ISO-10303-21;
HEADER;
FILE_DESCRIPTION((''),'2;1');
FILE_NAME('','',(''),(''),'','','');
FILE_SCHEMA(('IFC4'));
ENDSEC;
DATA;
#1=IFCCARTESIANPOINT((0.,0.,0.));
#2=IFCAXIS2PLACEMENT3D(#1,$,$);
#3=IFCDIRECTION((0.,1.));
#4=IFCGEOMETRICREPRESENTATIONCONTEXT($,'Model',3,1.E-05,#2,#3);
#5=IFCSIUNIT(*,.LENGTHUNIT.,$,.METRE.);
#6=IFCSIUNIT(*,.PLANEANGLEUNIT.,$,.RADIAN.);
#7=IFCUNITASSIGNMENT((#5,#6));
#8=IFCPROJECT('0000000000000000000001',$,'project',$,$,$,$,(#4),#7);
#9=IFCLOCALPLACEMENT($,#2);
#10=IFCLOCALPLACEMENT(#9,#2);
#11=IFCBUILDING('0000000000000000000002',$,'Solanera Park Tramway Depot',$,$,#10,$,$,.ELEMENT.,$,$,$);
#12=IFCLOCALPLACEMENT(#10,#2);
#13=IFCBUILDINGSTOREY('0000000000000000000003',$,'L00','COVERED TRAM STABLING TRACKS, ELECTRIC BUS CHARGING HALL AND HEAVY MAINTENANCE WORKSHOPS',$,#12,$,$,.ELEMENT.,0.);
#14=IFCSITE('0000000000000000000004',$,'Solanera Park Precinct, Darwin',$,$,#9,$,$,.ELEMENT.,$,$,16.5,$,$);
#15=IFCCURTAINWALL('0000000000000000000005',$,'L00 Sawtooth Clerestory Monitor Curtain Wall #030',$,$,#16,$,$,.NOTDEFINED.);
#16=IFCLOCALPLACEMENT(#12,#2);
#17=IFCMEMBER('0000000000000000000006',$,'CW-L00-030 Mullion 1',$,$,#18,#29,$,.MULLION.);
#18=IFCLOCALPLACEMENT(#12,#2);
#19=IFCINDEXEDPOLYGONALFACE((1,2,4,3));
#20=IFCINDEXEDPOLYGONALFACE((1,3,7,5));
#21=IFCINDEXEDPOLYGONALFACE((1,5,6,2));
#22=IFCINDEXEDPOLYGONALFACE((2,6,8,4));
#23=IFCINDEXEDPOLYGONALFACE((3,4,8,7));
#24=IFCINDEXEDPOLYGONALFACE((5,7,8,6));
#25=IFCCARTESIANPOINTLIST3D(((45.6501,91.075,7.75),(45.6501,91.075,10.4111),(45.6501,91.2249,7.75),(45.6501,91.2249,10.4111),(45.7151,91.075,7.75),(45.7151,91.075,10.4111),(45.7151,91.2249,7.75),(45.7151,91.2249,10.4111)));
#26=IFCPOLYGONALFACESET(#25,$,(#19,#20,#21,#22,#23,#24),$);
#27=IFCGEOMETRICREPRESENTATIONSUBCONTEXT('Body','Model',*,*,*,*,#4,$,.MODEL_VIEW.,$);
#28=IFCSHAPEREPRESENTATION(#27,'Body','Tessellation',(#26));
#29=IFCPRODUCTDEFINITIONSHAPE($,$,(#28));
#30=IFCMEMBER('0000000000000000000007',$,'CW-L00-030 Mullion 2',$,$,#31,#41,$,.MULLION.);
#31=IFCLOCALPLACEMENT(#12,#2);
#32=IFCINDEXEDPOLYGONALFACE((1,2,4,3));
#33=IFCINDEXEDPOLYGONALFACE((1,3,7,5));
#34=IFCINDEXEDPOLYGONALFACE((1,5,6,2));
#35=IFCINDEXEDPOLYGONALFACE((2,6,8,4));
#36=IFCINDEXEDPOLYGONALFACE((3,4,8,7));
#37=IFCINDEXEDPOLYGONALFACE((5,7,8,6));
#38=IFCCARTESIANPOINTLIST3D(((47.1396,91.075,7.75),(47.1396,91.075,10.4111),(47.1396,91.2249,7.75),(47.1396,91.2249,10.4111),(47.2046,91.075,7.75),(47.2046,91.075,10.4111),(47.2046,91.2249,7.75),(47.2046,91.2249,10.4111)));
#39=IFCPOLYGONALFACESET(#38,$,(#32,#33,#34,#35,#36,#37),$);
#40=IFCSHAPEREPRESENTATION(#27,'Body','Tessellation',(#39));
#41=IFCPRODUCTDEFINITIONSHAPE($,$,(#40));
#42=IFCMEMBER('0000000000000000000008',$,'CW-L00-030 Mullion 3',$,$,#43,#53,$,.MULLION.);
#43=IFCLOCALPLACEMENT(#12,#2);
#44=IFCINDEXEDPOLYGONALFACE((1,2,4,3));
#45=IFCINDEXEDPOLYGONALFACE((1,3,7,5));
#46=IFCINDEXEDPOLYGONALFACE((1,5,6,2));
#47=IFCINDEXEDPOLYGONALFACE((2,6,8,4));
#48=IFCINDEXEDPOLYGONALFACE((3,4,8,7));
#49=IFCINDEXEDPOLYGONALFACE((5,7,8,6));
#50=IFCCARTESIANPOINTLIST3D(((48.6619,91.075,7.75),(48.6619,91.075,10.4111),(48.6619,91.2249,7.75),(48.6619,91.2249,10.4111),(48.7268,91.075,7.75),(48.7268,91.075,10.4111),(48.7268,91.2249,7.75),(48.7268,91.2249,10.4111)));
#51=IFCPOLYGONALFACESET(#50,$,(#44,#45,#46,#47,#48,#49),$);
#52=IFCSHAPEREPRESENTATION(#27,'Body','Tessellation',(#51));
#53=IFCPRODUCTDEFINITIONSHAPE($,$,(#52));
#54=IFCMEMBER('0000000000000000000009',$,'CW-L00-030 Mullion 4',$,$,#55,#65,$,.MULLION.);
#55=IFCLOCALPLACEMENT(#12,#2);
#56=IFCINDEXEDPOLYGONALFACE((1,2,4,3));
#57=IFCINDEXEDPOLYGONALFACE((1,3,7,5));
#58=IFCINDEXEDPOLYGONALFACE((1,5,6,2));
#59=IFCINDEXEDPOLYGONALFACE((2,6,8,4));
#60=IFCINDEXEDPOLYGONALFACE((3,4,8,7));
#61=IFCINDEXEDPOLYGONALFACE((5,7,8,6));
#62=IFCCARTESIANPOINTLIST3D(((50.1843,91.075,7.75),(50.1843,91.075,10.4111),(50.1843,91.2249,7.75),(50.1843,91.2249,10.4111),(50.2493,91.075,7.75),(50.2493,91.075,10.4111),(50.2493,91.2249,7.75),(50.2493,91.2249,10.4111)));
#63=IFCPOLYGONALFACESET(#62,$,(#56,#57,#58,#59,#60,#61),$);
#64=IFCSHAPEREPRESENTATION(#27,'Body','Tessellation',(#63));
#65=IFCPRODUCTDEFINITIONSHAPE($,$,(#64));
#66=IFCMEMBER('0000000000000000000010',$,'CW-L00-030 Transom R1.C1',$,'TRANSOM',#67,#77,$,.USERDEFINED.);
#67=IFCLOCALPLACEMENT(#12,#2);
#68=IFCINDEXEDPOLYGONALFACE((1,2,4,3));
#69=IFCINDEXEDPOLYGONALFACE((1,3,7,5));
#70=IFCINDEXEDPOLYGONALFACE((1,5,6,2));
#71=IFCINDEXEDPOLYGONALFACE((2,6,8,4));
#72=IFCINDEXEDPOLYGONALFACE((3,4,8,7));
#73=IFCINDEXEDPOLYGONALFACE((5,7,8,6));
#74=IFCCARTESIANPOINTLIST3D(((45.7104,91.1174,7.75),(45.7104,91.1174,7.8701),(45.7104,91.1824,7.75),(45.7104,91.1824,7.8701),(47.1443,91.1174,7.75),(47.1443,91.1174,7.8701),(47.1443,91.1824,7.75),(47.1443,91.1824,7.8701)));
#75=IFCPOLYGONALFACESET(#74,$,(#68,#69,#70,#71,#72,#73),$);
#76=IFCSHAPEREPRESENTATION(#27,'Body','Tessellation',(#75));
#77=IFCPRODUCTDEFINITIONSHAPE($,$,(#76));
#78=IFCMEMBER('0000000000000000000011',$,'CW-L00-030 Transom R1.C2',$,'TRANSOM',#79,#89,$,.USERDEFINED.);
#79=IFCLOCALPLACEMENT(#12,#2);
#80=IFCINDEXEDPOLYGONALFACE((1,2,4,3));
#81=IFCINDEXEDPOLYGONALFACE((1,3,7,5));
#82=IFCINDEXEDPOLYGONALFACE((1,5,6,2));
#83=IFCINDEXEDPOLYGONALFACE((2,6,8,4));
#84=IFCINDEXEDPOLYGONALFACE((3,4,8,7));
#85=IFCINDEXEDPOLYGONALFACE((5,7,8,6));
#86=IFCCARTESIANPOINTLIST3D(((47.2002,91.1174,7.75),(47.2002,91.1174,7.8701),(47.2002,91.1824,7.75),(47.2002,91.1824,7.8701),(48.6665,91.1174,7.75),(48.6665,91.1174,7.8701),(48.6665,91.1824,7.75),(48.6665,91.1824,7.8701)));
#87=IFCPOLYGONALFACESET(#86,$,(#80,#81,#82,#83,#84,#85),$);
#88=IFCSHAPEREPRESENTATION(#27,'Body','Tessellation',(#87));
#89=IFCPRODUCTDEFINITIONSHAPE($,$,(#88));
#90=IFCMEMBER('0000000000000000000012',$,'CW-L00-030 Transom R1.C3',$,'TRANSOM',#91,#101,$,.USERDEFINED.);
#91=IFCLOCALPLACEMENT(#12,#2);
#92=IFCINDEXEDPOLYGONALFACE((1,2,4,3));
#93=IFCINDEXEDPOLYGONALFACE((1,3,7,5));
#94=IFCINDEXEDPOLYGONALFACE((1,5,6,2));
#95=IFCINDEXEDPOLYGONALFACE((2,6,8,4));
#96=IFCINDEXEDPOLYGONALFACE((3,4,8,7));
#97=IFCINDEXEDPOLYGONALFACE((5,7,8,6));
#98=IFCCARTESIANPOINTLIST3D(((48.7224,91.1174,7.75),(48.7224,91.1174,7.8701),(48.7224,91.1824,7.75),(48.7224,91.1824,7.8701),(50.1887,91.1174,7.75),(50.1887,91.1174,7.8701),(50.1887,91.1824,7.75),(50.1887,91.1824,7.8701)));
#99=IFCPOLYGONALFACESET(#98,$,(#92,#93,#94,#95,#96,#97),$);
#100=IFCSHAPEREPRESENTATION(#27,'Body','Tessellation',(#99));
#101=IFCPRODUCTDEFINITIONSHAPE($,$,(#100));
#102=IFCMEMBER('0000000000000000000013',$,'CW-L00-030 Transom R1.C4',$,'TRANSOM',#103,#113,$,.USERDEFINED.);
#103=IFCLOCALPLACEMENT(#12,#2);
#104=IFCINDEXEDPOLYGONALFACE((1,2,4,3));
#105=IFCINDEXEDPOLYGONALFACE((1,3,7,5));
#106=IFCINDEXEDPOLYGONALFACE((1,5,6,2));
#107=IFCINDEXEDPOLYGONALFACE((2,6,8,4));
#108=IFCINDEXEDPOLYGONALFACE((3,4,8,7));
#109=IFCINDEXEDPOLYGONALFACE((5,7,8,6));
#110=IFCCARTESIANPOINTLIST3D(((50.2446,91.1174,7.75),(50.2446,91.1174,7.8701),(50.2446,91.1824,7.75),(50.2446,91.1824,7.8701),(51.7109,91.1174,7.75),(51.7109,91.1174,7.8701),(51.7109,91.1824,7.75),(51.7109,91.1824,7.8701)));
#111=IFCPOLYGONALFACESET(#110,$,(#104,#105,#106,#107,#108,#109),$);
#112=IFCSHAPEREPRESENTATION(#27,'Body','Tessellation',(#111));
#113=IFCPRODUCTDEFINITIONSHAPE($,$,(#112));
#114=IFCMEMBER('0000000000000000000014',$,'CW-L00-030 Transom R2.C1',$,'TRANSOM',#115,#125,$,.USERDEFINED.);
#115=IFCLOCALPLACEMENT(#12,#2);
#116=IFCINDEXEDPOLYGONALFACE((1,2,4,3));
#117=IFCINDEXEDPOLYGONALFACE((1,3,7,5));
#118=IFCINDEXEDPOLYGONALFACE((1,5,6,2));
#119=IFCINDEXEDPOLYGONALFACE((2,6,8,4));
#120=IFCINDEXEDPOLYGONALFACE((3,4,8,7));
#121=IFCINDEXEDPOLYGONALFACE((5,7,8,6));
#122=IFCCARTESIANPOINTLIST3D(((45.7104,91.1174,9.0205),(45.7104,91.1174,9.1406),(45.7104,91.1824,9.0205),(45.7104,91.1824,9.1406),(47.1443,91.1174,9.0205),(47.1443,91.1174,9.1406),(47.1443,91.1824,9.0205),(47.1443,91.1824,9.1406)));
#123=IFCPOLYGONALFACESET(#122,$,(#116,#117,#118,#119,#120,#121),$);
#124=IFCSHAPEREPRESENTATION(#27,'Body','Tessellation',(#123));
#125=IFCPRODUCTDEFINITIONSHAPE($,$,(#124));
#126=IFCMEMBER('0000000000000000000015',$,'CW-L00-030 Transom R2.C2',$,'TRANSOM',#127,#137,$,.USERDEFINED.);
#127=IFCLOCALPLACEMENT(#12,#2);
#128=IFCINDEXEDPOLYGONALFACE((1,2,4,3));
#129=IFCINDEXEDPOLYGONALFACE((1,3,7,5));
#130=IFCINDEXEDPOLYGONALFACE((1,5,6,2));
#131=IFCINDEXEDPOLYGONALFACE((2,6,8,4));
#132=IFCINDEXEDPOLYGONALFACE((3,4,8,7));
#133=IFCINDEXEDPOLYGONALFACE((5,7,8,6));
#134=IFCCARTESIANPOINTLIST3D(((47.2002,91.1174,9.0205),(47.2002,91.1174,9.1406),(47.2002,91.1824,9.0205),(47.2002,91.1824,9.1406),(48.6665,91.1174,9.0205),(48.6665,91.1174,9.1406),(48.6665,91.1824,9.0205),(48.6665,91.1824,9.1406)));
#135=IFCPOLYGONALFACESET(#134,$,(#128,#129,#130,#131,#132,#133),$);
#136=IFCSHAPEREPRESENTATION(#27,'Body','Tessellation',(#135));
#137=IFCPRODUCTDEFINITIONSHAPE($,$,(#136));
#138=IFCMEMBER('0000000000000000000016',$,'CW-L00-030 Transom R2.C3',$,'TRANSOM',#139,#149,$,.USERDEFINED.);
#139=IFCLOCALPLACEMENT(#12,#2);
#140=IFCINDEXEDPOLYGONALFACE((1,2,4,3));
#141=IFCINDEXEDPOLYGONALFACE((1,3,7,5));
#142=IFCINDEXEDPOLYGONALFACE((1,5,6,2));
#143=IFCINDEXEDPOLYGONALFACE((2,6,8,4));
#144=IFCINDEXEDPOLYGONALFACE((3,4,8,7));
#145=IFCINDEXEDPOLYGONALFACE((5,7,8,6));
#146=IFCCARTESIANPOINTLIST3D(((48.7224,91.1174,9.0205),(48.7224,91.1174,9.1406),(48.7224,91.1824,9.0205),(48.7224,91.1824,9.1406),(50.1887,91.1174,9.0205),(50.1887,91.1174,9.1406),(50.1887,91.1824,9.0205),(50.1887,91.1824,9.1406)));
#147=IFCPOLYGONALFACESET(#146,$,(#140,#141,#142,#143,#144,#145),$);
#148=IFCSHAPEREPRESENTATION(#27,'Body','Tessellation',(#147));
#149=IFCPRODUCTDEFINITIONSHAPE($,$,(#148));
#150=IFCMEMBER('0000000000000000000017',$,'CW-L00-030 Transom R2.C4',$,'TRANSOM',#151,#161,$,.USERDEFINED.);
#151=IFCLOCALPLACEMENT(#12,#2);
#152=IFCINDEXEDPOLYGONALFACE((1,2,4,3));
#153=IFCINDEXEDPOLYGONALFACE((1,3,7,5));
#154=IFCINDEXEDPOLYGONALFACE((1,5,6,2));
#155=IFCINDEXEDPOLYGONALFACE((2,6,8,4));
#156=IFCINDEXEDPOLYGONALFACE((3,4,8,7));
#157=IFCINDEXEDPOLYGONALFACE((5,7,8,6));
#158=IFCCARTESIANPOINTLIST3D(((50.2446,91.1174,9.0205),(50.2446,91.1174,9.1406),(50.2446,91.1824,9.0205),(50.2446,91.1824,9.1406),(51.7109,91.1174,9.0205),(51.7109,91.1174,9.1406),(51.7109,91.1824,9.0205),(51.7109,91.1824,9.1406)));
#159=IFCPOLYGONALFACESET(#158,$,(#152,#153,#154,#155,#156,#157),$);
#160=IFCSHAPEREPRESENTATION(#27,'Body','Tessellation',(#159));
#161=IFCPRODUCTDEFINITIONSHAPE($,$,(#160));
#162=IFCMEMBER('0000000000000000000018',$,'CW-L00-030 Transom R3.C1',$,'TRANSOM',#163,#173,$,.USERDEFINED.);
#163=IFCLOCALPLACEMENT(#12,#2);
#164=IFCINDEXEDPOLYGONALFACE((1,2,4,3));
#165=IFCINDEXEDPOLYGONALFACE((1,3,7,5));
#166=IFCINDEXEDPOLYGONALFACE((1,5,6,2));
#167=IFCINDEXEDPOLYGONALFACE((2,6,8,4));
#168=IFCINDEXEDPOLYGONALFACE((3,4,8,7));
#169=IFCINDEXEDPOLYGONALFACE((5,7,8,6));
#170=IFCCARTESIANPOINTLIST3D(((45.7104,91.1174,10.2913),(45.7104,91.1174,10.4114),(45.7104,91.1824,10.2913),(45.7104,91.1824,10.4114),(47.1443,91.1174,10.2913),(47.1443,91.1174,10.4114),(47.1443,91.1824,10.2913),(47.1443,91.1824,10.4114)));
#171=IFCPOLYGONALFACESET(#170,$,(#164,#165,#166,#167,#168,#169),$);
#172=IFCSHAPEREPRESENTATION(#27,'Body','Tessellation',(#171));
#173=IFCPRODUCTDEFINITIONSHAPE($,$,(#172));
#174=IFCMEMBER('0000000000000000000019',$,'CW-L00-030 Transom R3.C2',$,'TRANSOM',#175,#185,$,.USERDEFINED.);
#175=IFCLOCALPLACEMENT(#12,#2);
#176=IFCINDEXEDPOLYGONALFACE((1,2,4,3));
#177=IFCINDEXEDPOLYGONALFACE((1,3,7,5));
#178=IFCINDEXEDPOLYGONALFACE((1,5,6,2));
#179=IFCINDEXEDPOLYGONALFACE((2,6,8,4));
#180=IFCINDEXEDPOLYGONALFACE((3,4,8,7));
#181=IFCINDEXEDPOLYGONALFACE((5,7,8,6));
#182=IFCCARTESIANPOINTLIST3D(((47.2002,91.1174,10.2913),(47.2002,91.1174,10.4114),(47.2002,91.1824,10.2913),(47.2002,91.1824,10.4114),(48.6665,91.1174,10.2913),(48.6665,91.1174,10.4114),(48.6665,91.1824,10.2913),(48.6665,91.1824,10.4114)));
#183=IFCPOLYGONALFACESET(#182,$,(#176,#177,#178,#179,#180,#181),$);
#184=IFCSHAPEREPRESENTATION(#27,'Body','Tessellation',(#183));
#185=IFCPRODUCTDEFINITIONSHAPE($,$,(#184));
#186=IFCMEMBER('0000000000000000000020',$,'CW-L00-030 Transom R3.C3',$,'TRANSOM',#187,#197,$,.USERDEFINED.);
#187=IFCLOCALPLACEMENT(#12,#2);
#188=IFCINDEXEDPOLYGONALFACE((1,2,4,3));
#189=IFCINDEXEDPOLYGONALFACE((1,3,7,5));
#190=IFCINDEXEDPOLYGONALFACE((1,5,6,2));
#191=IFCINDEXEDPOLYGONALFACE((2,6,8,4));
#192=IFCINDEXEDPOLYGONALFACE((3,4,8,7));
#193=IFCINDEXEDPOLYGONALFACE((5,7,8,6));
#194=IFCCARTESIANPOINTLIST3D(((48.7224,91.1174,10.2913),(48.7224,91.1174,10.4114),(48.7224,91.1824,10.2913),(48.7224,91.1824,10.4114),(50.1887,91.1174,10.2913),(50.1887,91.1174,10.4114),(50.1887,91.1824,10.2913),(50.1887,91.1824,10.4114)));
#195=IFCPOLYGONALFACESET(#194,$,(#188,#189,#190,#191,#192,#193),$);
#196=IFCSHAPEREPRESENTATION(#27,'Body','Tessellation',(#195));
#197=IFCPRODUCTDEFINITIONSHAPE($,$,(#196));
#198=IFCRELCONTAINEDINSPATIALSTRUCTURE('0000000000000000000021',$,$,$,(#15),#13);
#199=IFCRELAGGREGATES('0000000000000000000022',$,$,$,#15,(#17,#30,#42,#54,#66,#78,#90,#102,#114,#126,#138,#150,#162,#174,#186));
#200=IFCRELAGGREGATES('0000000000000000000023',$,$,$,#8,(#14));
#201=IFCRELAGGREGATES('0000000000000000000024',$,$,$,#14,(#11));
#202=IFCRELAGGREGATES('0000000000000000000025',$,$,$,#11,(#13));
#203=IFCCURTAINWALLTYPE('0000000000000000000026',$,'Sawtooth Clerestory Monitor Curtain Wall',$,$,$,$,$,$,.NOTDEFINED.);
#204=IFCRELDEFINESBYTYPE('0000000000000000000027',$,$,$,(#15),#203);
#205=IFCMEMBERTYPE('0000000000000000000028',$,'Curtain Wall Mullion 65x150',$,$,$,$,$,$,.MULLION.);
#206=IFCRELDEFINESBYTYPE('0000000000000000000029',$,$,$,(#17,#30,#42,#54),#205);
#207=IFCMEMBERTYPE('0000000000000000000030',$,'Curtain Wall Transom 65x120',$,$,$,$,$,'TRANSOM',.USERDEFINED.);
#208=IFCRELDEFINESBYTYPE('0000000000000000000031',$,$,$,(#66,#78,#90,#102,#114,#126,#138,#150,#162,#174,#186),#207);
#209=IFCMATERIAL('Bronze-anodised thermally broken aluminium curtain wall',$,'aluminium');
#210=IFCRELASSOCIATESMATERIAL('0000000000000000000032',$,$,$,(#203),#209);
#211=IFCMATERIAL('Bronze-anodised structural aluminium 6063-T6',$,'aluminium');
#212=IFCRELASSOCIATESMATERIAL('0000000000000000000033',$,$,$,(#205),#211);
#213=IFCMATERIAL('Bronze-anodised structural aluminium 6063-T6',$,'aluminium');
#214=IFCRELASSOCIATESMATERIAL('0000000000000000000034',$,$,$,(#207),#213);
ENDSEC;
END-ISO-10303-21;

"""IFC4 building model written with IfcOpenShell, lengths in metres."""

from ifc_helpers import new_model, si_unit, direction, frame, origin, origin_2d, place, context, subcontext, project, spatial, rectangle, extrude, material, material_profile, profile_set, type_object, element, aggregate, save


model = new_model("IFC4")

# Units and contexts
model_context = context("Model", 3, precision=1e-05, world=origin(), true_north=direction((0.0, 1.0)))
body_context = subcontext(model_context, "Body", "Model", "MODEL_VIEW")
ifc_project = project(units=[si_unit("LENGTHUNIT", "METRE"), si_unit("PLANEANGLEUNIT", "RADIAN")], contexts=[model_context])

# Site, building, storey
site_placement = place(None, origin())
site = spatial("IfcSite", under=ifc_project, at=site_placement, Name="Solanera Park Precinct, Darwin", CompositionType="ELEMENT", RefElevation=16.5)
building_placement = place(site_placement, origin())
building = spatial("IfcBuilding", under=site, at=building_placement, Name="Solanera Park Tramway Depot", CompositionType="ELEMENT")
storey_placement = place(building_placement, origin())
storey = spatial("IfcBuildingStorey", under=building, at=storey_placement, Name="L00", Description="COVERED TRAM STABLING TRACKS, ELECTRIC BUS CHARGING HALL AND HEAVY MAINTENANCE WORKSHOPS", CompositionType="ELEMENT", Elevation=0.0)

# Curtain wall, members
ifc_material_1 = material(Name="Bronze-anodised thermally broken aluminium curtain wall", Category="aluminium")
curtain_wall_type = type_object("IfcCurtainWallType", Name="Sawtooth Clerestory Monitor Curtain Wall", PredefinedType="NOTDEFINED", material=ifc_material_1)
curtain_wall_placement = place(storey_placement, origin())
curtain_wall = element("IfcCurtainWall", 1, at=curtain_wall_placement, inside=storey, type_object=curtain_wall_type, Name="L00 Sawtooth Clerestory Monitor Curtain Wall #030", PredefinedType="NOTDEFINED")
ifc_material_2 = material(Name="Bronze-anodised structural aluminium 6063-T6", Category="aluminium")
ifc_material_profile_1 = material_profile(ifc_material_2, rectangle(XDim=0.0649, YDim=0.1499, at=origin_2d()), Name="Curtain Wall Mullion 65x150")
ifc_profile_set_1 = profile_set([ifc_material_profile_1], Name="Bronze-anodised structural aluminium 6063-T6")
member_type_1 = type_object("IfcMemberType", Name="Curtain Wall Mullion 65x150", PredefinedType="MULLION", material=ifc_profile_set_1)
member_1_placement = place(storey_placement, frame((45.6826, 91.1499, 7.75), z_axis=(0.0, 0.0, 1.0), x_axis=(1.0, 0.0, 0.0)))
member_1 = element("IfcMember", 2, at=member_1_placement, type_object=member_type_1, Name="CW-L00-030 Mullion 1", PredefinedType="MULLION", context=body_context, shape_type="SweptSolid", body=[
    extrude(rectangle(XDim=0.0649, YDim=0.1499, at=origin_2d()), origin(), (0.0, 0.0, 1.0), 2.6611),
])
member_2_placement = place(storey_placement, frame((47.1721, 91.1499, 7.75), z_axis=(0.0, 0.0, 1.0), x_axis=(1.0, 0.0, 0.0)))
member_2 = element("IfcMember", 3, at=member_2_placement, type_object=member_type_1, Name="CW-L00-030 Mullion 2", PredefinedType="MULLION", context=body_context, shape_type="SweptSolid", body=[
    extrude(rectangle(XDim=0.0649, YDim=0.1499, at=origin_2d()), origin(), (0.0, 0.0, 1.0), 2.6611),
])
member_3_placement = place(storey_placement, frame((48.6943, 91.1499, 7.75), z_axis=(0.0, 0.0, 1.0), x_axis=(1.0, 0.0, 0.0)))
member_3 = element("IfcMember", 4, at=member_3_placement, type_object=member_type_1, Name="CW-L00-030 Mullion 3", PredefinedType="MULLION", context=body_context, shape_type="SweptSolid", body=[
    extrude(rectangle(XDim=0.0649, YDim=0.1499, at=origin_2d()), origin(), (0.0, 0.0, 1.0), 2.6611),
])
member_4_placement = place(storey_placement, frame((50.2168, 91.1499, 7.75), z_axis=(0.0, 0.0, 1.0), x_axis=(1.0, 0.0, 0.0)))
member_4 = element("IfcMember", 5, at=member_4_placement, type_object=member_type_1, Name="CW-L00-030 Mullion 4", PredefinedType="MULLION", context=body_context, shape_type="SweptSolid", body=[
    extrude(rectangle(XDim=0.0649, YDim=0.1499, at=origin_2d()), origin(), (0.0, 0.0, 1.0), 2.6611),
])
ifc_material_3 = material(Name="Bronze-anodised structural aluminium 6063-T6", Category="aluminium")
ifc_material_profile_2 = material_profile(ifc_material_3, rectangle(XDim=0.0649, YDim=0.1201, at=origin_2d()), Name="Curtain Wall Transom 65x120")
ifc_profile_set_2 = profile_set([ifc_material_profile_2], Name="Bronze-anodised structural aluminium 6063-T6")
member_type_2 = type_object("IfcMemberType", Name="Curtain Wall Transom 65x120", ElementType="TRANSOM", PredefinedType="USERDEFINED", material=ifc_profile_set_2)
member_5_placement = place(storey_placement, frame((45.7104, 91.1499, 7.8101), z_axis=(1.0, 0.0, 0.0), x_axis=(0.0, 1.0, 0.0)))
member_5 = element("IfcMember", 6, at=member_5_placement, type_object=member_type_2, Name="CW-L00-030 Transom R1.C1", ObjectType="TRANSOM", PredefinedType="USERDEFINED", context=body_context, shape_type="SweptSolid", body=[
    extrude(rectangle(XDim=0.0649, YDim=0.1201, at=origin_2d()), origin(), (0.0, 0.0, 1.0), 1.4338),
])
member_6_placement = place(storey_placement, frame((47.2002, 91.1499, 7.8101), z_axis=(1.0, 0.0, 0.0), x_axis=(0.0, 1.0, 0.0)))
member_6 = element("IfcMember", 7, at=member_6_placement, type_object=member_type_2, Name="CW-L00-030 Transom R1.C2", ObjectType="TRANSOM", PredefinedType="USERDEFINED", context=body_context, shape_type="SweptSolid", body=[
    extrude(rectangle(XDim=0.0649, YDim=0.1201, at=origin_2d()), origin(), (0.0, 0.0, 1.0), 1.4663),
])
member_7_placement = place(storey_placement, frame((48.7224, 91.1499, 7.8101), z_axis=(1.0, 0.0, 0.0), x_axis=(0.0, 1.0, 0.0)))
member_7 = element("IfcMember", 8, at=member_7_placement, type_object=member_type_2, Name="CW-L00-030 Transom R1.C3", ObjectType="TRANSOM", PredefinedType="USERDEFINED", context=body_context, shape_type="SweptSolid", body=[
    extrude(rectangle(XDim=0.0649, YDim=0.1201, at=origin_2d()), origin(), (0.0, 0.0, 1.0), 1.4663),
])
member_8_placement = place(storey_placement, frame((50.2446, 91.1499, 7.8101), z_axis=(1.0, 0.0, 0.0), x_axis=(0.0, 1.0, 0.0)))
member_8 = element("IfcMember", 9, at=member_8_placement, type_object=member_type_2, Name="CW-L00-030 Transom R1.C4", ObjectType="TRANSOM", PredefinedType="USERDEFINED", context=body_context, shape_type="SweptSolid", body=[
    extrude(rectangle(XDim=0.0649, YDim=0.1201, at=origin_2d()), origin(), (0.0, 0.0, 1.0), 1.4663),
])
member_9_placement = place(storey_placement, frame((45.7104, 91.1499, 9.0806), z_axis=(1.0, 0.0, 0.0), x_axis=(0.0, 1.0, 0.0)))
member_9 = element("IfcMember", 10, at=member_9_placement, type_object=member_type_2, Name="CW-L00-030 Transom R2.C1", ObjectType="TRANSOM", PredefinedType="USERDEFINED", context=body_context, shape_type="SweptSolid", body=[
    extrude(rectangle(XDim=0.0649, YDim=0.1201, at=origin_2d()), origin(), (0.0, 0.0, 1.0), 1.4338),
])
member_10_placement = place(storey_placement, frame((47.2002, 91.1499, 9.0806), z_axis=(1.0, 0.0, 0.0), x_axis=(0.0, 1.0, 0.0)))
member_10 = element("IfcMember", 11, at=member_10_placement, type_object=member_type_2, Name="CW-L00-030 Transom R2.C2", ObjectType="TRANSOM", PredefinedType="USERDEFINED", context=body_context, shape_type="SweptSolid", body=[
    extrude(rectangle(XDim=0.0649, YDim=0.1201, at=origin_2d()), origin(), (0.0, 0.0, 1.0), 1.4663),
])
member_11_placement = place(storey_placement, frame((48.7224, 91.1499, 9.0806), z_axis=(1.0, 0.0, 0.0), x_axis=(0.0, 1.0, 0.0)))
member_11 = element("IfcMember", 12, at=member_11_placement, type_object=member_type_2, Name="CW-L00-030 Transom R2.C3", ObjectType="TRANSOM", PredefinedType="USERDEFINED", context=body_context, shape_type="SweptSolid", body=[
    extrude(rectangle(XDim=0.0649, YDim=0.1201, at=origin_2d()), origin(), (0.0, 0.0, 1.0), 1.4663),
])
member_12_placement = place(storey_placement, frame((50.2446, 91.1499, 9.0806), z_axis=(1.0, 0.0, 0.0), x_axis=(0.0, 1.0, 0.0)))
member_12 = element("IfcMember", 13, at=member_12_placement, type_object=member_type_2, Name="CW-L00-030 Transom R2.C4", ObjectType="TRANSOM", PredefinedType="USERDEFINED", context=body_context, shape_type="SweptSolid", body=[
    extrude(rectangle(XDim=0.0649, YDim=0.1201, at=origin_2d()), origin(), (0.0, 0.0, 1.0), 1.4663),
])
member_13_placement = place(storey_placement, frame((45.7104, 91.1499, 10.3513), z_axis=(1.0, 0.0, 0.0), x_axis=(0.0, 1.0, 0.0)))
member_13 = element("IfcMember", 14, at=member_13_placement, type_object=member_type_2, Name="CW-L00-030 Transom R3.C1", ObjectType="TRANSOM", PredefinedType="USERDEFINED", context=body_context, shape_type="SweptSolid", body=[
    extrude(rectangle(XDim=0.0649, YDim=0.1201, at=origin_2d()), origin(), (0.0, 0.0, 1.0), 1.4338),
])
member_14_placement = place(storey_placement, frame((47.2002, 91.1499, 10.3513), z_axis=(1.0, 0.0, 0.0), x_axis=(0.0, 1.0, 0.0)))
member_14 = element("IfcMember", 15, at=member_14_placement, type_object=member_type_2, Name="CW-L00-030 Transom R3.C2", ObjectType="TRANSOM", PredefinedType="USERDEFINED", context=body_context, shape_type="SweptSolid", body=[
    extrude(rectangle(XDim=0.0649, YDim=0.1201, at=origin_2d()), origin(), (0.0, 0.0, 1.0), 1.4663),
])
member_15_placement = place(storey_placement, frame((48.7224, 91.1499, 10.3513), z_axis=(1.0, 0.0, 0.0), x_axis=(0.0, 1.0, 0.0)))
member_15 = element("IfcMember", 16, at=member_15_placement, type_object=member_type_2, Name="CW-L00-030 Transom R3.C3", ObjectType="TRANSOM", PredefinedType="USERDEFINED", context=body_context, shape_type="SweptSolid", body=[
    extrude(rectangle(XDim=0.0649, YDim=0.1201, at=origin_2d()), origin(), (0.0, 0.0, 1.0), 1.4663),
])

aggregate(curtain_wall, [member_1, member_2, member_3, member_4, member_5, member_6, member_7, member_8, member_9, member_10, member_11, member_12, member_13, member_14, member_15])

save(model, "model.ifc")
